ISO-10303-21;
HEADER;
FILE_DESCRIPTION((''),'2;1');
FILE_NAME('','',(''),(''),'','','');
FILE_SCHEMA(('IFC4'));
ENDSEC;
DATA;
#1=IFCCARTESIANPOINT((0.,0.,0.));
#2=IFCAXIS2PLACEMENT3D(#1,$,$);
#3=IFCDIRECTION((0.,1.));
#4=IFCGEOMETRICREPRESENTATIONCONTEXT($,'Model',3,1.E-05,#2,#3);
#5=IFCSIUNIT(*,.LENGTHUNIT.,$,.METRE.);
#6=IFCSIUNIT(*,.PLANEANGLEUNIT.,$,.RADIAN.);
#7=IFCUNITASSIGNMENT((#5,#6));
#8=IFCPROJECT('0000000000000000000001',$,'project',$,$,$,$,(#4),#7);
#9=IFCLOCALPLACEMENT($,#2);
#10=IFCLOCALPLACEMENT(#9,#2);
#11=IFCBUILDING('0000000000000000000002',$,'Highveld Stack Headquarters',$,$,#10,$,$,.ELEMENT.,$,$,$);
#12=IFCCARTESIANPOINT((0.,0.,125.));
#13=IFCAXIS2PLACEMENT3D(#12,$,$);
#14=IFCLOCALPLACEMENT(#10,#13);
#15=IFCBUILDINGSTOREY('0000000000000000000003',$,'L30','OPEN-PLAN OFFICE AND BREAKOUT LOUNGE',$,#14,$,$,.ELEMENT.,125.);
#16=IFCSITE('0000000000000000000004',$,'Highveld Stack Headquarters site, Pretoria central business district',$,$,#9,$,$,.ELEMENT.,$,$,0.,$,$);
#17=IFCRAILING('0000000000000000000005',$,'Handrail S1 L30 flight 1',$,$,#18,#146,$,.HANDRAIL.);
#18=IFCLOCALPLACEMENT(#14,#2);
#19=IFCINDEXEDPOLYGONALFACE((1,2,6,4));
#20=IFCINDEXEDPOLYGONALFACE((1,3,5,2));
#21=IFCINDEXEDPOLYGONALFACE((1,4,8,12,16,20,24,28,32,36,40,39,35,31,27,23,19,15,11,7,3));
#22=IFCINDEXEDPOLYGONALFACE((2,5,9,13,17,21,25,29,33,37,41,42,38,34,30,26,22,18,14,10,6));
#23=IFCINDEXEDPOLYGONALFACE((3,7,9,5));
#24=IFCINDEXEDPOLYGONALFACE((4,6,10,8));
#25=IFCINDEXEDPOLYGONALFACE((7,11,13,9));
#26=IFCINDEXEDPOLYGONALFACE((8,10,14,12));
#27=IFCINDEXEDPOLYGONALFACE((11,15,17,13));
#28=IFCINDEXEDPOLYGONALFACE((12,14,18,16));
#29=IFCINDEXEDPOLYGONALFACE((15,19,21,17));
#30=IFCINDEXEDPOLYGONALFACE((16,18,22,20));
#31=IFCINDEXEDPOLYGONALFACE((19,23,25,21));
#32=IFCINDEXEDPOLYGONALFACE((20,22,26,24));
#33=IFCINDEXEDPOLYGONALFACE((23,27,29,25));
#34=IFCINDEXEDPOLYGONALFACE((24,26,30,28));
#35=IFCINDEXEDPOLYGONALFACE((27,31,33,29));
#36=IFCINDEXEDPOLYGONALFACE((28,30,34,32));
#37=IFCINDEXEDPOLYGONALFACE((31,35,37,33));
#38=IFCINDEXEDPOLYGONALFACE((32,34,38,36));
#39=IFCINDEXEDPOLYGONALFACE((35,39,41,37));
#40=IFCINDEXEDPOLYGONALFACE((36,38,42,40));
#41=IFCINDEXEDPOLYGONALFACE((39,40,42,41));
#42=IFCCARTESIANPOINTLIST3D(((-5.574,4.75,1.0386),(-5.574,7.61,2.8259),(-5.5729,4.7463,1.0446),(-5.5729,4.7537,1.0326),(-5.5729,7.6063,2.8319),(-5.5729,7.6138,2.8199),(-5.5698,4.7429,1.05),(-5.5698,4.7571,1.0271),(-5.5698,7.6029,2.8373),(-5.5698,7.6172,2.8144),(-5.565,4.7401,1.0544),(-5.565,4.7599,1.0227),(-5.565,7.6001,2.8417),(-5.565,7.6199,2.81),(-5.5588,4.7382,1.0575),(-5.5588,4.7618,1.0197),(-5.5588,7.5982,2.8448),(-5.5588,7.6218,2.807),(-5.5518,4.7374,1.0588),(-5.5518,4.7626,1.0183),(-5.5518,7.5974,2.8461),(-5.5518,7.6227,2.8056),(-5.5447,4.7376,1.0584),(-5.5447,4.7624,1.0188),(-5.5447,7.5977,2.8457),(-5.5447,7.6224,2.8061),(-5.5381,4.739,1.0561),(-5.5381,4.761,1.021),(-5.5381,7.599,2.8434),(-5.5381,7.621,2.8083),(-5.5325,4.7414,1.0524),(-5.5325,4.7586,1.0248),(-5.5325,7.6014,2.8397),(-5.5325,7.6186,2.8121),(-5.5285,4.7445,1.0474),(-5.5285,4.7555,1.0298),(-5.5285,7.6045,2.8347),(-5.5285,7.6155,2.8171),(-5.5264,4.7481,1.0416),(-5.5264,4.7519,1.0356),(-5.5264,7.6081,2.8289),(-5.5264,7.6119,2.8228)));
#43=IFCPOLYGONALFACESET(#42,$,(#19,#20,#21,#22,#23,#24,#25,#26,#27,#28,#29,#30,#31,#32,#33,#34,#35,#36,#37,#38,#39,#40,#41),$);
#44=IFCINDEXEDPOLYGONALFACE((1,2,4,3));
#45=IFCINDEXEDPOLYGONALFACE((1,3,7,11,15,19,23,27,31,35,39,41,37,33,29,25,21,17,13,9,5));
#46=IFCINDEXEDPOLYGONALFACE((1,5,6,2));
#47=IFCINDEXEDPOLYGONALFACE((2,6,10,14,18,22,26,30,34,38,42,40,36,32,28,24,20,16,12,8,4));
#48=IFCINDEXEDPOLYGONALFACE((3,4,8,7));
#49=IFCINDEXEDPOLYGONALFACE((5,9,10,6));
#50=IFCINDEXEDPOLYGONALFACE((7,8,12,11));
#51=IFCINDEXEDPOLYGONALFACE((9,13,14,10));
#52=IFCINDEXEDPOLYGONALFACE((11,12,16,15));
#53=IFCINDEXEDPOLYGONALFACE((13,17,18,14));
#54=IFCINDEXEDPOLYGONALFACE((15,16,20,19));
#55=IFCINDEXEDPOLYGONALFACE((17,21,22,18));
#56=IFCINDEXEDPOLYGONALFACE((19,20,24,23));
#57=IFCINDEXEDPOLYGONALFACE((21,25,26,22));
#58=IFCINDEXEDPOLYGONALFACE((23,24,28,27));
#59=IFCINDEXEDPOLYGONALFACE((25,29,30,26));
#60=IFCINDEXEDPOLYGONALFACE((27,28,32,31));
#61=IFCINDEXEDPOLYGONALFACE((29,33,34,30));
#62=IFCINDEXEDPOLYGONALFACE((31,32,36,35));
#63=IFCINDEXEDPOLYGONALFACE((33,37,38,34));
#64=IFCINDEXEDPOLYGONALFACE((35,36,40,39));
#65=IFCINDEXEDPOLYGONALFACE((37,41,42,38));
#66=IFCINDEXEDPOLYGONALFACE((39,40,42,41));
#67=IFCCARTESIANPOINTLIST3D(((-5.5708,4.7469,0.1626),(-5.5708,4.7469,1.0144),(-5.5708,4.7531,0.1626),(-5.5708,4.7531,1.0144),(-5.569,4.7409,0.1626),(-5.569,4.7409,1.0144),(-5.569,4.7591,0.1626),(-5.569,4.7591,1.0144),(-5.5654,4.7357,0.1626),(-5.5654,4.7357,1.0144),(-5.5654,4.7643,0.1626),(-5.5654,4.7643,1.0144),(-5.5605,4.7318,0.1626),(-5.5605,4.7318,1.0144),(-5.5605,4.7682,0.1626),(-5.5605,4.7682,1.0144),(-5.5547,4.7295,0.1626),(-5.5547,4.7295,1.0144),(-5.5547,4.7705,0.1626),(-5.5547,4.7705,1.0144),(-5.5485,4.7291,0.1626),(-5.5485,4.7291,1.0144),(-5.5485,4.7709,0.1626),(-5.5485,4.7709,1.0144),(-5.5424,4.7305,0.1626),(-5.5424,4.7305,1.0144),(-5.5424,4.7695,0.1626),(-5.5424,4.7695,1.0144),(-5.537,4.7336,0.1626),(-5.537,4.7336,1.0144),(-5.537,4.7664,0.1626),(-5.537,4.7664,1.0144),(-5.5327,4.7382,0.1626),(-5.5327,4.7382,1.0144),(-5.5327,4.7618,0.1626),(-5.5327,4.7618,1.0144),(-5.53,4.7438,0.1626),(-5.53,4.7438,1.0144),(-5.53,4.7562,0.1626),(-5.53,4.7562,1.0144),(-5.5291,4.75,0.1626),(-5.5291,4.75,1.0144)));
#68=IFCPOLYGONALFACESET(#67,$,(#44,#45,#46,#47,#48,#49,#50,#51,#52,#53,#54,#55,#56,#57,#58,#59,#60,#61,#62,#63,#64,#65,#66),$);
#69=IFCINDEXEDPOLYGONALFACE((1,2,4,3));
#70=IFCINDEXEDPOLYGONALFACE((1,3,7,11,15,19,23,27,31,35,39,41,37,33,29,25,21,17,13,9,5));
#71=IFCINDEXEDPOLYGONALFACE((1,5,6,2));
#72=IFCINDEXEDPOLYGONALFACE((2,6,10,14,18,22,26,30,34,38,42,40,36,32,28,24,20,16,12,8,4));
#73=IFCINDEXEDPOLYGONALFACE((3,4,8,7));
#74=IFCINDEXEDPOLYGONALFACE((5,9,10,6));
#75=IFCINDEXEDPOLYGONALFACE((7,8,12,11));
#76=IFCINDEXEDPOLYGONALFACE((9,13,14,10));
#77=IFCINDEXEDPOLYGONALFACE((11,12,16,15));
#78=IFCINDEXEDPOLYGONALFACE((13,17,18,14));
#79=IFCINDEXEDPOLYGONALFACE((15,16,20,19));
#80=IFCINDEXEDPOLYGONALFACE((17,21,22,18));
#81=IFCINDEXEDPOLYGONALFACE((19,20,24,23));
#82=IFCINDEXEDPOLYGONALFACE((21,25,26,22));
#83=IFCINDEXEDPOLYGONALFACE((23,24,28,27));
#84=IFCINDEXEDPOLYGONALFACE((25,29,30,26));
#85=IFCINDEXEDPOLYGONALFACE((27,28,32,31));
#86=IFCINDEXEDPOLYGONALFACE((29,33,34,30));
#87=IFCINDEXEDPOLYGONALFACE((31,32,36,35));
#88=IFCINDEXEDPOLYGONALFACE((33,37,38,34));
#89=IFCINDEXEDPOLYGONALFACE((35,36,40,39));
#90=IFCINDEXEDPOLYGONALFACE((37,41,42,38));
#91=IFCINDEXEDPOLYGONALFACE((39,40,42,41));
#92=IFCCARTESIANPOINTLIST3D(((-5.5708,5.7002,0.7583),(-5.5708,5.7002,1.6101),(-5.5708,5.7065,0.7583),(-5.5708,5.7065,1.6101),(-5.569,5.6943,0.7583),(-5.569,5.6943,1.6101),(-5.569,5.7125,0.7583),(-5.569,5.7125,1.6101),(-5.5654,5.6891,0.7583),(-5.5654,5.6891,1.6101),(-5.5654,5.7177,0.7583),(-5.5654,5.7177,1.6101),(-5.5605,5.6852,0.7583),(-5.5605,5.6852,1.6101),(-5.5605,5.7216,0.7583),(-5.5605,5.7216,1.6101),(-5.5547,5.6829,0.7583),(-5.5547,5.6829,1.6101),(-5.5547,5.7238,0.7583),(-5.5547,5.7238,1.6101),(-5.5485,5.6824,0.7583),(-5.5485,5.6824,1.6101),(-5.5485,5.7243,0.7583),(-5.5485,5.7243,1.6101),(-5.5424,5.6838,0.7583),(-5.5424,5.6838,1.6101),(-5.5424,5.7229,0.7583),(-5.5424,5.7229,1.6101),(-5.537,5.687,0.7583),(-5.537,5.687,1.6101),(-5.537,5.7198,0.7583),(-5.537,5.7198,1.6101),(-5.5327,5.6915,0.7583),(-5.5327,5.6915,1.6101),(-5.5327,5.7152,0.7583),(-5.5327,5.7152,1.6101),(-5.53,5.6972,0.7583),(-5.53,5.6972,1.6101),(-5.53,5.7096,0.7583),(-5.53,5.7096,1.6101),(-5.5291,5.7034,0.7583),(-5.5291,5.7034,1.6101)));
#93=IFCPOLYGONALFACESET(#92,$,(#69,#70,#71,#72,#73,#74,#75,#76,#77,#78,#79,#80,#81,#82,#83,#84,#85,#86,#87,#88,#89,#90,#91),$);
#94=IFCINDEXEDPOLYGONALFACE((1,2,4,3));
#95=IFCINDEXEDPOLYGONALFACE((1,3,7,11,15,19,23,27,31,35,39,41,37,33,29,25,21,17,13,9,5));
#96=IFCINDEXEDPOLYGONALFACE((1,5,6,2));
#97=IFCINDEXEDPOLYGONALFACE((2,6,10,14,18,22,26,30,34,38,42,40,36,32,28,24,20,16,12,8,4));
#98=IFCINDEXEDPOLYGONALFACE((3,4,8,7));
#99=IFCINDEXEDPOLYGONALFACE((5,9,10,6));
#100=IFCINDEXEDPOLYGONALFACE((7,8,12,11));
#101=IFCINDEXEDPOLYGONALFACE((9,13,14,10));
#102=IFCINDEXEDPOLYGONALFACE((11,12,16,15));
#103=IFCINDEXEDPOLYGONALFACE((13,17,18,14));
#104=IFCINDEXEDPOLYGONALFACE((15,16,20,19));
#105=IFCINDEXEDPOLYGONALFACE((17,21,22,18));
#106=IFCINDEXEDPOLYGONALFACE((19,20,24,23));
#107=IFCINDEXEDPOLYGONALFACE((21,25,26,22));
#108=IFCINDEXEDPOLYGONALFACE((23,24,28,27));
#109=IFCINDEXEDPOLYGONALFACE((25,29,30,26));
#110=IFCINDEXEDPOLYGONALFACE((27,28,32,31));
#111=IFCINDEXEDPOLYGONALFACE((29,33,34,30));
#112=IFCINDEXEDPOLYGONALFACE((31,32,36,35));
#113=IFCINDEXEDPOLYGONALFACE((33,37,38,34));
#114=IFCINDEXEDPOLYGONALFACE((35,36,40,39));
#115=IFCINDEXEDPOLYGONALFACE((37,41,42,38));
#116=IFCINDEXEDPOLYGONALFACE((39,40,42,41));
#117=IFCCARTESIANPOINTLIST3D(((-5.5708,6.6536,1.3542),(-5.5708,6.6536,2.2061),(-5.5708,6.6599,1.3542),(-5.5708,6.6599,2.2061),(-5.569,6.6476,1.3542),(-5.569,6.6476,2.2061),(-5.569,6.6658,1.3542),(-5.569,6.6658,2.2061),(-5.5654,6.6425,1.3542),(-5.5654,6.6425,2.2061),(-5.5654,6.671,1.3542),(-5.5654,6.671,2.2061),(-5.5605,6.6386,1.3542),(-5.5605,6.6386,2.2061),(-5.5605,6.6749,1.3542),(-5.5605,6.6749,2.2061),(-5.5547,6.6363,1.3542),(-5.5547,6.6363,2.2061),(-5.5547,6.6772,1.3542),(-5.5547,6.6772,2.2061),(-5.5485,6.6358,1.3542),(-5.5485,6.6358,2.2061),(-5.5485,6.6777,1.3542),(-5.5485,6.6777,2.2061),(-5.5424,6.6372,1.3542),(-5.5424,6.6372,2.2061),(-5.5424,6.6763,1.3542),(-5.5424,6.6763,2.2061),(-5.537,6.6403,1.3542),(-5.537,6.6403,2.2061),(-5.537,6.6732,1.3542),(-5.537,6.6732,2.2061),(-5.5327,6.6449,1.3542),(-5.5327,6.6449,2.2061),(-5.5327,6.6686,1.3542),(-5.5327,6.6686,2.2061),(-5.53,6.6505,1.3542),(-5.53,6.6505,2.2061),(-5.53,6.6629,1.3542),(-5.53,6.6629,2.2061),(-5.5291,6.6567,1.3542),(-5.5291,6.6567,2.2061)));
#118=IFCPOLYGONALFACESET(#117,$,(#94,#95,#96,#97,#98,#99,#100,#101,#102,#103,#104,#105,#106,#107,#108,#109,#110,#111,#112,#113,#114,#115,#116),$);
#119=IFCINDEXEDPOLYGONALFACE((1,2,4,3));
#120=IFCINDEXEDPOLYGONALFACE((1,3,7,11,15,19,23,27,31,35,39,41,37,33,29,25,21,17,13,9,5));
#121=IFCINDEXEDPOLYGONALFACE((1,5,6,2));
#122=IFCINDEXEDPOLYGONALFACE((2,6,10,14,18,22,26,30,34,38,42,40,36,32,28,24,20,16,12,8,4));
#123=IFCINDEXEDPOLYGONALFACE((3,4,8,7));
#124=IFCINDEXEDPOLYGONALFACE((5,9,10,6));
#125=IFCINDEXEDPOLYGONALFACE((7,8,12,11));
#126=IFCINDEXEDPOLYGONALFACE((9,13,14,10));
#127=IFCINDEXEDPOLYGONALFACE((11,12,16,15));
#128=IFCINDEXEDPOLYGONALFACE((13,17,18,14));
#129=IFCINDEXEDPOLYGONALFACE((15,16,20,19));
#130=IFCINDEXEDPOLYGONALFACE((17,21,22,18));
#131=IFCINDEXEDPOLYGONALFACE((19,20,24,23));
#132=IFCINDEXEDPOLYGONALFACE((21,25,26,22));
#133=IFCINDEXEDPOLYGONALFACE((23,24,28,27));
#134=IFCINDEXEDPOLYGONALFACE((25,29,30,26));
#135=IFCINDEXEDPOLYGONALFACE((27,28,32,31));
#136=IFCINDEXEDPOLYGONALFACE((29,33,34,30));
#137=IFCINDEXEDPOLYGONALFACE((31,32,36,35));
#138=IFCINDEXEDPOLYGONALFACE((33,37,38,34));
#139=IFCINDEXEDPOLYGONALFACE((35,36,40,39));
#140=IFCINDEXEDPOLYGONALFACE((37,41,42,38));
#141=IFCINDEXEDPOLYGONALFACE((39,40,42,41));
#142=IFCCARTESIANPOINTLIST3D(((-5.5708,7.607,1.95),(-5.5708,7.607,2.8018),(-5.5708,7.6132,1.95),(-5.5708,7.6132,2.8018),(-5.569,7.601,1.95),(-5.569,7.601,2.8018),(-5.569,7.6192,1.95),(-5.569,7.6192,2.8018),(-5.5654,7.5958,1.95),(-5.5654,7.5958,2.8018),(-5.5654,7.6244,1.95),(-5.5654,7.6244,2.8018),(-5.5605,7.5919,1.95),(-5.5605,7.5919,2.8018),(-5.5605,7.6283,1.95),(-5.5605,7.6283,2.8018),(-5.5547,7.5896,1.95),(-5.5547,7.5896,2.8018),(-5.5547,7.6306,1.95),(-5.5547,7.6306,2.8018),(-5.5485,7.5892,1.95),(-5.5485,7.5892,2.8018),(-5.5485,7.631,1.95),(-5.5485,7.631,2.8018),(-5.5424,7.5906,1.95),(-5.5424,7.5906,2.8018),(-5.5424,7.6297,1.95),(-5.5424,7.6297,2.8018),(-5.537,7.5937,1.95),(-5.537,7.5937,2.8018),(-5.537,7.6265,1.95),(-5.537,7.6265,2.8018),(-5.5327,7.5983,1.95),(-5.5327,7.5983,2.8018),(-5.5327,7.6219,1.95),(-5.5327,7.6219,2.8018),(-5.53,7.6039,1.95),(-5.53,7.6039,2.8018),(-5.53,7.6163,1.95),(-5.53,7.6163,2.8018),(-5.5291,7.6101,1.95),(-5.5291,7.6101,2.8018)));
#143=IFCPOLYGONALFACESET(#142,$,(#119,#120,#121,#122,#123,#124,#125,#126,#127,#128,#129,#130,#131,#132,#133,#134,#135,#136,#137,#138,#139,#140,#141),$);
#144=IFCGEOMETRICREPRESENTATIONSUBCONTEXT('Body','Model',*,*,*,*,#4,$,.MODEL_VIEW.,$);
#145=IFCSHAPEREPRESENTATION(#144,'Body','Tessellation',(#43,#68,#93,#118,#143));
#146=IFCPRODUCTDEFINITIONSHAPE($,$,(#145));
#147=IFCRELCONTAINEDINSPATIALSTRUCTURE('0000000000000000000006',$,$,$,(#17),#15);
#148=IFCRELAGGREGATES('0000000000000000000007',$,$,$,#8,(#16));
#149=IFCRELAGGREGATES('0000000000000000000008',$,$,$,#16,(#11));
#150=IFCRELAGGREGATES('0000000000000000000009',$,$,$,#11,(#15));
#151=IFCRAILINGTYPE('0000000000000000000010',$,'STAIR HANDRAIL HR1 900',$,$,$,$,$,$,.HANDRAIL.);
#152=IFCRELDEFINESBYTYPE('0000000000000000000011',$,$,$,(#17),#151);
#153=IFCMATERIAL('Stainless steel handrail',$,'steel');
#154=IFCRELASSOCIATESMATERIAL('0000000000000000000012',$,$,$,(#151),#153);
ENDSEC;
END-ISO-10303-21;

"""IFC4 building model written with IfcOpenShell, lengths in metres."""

from ifc_helpers import new_model, si_unit, direction, frame, origin, origin_2d, place, context, subcontext, project, spatial, circle, extrude, material, type_object, element, save


model = new_model("IFC4")

# Units and contexts
model_context = context("Model", 3, precision=1e-05, world=origin(), true_north=direction((0.0, 1.0)))
body_context = subcontext(model_context, "Body", "Model", "MODEL_VIEW")
ifc_project = project(units=[si_unit("LENGTHUNIT", "METRE"), si_unit("PLANEANGLEUNIT", "RADIAN")], contexts=[model_context])

# Site, building, storey
site_placement = place(None, origin())
site = spatial("IfcSite", under=ifc_project, at=site_placement, Name="Highveld Stack Headquarters site, Pretoria central business district", CompositionType="ELEMENT", RefElevation=0.0)
building_placement = place(site_placement, origin())
building = spatial("IfcBuilding", under=site, at=building_placement, Name="Highveld Stack Headquarters", CompositionType="ELEMENT")
storey_placement = place(building_placement, frame((0.0, 0.0, 125.0)))
storey = spatial("IfcBuildingStorey", under=building, at=storey_placement, Name="L30", Description="OPEN-PLAN OFFICE AND BREAKOUT LOUNGE", CompositionType="ELEMENT", Elevation=125.0)

# Railing
ifc_material_1 = material(Name="Stainless steel handrail", Category="steel")
railing_type = type_object("IfcRailingType", Name="STAIR HANDRAIL HR1 900", PredefinedType="HANDRAIL", material=ifc_material_1)
for number, where, name in (
    (1, (-5.55, 4.75, 0.1626), "Handrail S1 L30 flight 1"),
):
    element("IfcRailing", number, at=place(storey_placement, frame(where)), inside=storey, type_object=railing_type, Name=name, PredefinedType="HANDRAIL", context=body_context, shape_type="SweptSolid", body=[
        extrude(circle(Radius=0.0239, at=origin_2d()), frame((0.0, 0.0, 0.876), z_axis=(0.0, 0.848027, 0.529953), x_axis=(-1.0, 0.0, 0.0)), (0.0, 0.0, 1.0), 3.3726),
        extrude(circle(Radius=0.021, at=origin_2d()), origin(), (0.0, 0.0, 1.0), 0.8518),
        extrude(circle(Radius=0.021, at=origin_2d()), frame((0.0, 0.9534, 0.5957)), (0.0, 0.0, 1.0), 0.8518),
        extrude(circle(Radius=0.021, at=origin_2d()), frame((0.0, 1.9067, 1.1917)), (0.0, 0.0, 1.0), 0.8518),
        extrude(circle(Radius=0.021, at=origin_2d()), frame((0.0, 2.8601, 1.7874)), (0.0, 0.0, 1.0), 0.8518),
    ])

save(model, "model.ifc")
